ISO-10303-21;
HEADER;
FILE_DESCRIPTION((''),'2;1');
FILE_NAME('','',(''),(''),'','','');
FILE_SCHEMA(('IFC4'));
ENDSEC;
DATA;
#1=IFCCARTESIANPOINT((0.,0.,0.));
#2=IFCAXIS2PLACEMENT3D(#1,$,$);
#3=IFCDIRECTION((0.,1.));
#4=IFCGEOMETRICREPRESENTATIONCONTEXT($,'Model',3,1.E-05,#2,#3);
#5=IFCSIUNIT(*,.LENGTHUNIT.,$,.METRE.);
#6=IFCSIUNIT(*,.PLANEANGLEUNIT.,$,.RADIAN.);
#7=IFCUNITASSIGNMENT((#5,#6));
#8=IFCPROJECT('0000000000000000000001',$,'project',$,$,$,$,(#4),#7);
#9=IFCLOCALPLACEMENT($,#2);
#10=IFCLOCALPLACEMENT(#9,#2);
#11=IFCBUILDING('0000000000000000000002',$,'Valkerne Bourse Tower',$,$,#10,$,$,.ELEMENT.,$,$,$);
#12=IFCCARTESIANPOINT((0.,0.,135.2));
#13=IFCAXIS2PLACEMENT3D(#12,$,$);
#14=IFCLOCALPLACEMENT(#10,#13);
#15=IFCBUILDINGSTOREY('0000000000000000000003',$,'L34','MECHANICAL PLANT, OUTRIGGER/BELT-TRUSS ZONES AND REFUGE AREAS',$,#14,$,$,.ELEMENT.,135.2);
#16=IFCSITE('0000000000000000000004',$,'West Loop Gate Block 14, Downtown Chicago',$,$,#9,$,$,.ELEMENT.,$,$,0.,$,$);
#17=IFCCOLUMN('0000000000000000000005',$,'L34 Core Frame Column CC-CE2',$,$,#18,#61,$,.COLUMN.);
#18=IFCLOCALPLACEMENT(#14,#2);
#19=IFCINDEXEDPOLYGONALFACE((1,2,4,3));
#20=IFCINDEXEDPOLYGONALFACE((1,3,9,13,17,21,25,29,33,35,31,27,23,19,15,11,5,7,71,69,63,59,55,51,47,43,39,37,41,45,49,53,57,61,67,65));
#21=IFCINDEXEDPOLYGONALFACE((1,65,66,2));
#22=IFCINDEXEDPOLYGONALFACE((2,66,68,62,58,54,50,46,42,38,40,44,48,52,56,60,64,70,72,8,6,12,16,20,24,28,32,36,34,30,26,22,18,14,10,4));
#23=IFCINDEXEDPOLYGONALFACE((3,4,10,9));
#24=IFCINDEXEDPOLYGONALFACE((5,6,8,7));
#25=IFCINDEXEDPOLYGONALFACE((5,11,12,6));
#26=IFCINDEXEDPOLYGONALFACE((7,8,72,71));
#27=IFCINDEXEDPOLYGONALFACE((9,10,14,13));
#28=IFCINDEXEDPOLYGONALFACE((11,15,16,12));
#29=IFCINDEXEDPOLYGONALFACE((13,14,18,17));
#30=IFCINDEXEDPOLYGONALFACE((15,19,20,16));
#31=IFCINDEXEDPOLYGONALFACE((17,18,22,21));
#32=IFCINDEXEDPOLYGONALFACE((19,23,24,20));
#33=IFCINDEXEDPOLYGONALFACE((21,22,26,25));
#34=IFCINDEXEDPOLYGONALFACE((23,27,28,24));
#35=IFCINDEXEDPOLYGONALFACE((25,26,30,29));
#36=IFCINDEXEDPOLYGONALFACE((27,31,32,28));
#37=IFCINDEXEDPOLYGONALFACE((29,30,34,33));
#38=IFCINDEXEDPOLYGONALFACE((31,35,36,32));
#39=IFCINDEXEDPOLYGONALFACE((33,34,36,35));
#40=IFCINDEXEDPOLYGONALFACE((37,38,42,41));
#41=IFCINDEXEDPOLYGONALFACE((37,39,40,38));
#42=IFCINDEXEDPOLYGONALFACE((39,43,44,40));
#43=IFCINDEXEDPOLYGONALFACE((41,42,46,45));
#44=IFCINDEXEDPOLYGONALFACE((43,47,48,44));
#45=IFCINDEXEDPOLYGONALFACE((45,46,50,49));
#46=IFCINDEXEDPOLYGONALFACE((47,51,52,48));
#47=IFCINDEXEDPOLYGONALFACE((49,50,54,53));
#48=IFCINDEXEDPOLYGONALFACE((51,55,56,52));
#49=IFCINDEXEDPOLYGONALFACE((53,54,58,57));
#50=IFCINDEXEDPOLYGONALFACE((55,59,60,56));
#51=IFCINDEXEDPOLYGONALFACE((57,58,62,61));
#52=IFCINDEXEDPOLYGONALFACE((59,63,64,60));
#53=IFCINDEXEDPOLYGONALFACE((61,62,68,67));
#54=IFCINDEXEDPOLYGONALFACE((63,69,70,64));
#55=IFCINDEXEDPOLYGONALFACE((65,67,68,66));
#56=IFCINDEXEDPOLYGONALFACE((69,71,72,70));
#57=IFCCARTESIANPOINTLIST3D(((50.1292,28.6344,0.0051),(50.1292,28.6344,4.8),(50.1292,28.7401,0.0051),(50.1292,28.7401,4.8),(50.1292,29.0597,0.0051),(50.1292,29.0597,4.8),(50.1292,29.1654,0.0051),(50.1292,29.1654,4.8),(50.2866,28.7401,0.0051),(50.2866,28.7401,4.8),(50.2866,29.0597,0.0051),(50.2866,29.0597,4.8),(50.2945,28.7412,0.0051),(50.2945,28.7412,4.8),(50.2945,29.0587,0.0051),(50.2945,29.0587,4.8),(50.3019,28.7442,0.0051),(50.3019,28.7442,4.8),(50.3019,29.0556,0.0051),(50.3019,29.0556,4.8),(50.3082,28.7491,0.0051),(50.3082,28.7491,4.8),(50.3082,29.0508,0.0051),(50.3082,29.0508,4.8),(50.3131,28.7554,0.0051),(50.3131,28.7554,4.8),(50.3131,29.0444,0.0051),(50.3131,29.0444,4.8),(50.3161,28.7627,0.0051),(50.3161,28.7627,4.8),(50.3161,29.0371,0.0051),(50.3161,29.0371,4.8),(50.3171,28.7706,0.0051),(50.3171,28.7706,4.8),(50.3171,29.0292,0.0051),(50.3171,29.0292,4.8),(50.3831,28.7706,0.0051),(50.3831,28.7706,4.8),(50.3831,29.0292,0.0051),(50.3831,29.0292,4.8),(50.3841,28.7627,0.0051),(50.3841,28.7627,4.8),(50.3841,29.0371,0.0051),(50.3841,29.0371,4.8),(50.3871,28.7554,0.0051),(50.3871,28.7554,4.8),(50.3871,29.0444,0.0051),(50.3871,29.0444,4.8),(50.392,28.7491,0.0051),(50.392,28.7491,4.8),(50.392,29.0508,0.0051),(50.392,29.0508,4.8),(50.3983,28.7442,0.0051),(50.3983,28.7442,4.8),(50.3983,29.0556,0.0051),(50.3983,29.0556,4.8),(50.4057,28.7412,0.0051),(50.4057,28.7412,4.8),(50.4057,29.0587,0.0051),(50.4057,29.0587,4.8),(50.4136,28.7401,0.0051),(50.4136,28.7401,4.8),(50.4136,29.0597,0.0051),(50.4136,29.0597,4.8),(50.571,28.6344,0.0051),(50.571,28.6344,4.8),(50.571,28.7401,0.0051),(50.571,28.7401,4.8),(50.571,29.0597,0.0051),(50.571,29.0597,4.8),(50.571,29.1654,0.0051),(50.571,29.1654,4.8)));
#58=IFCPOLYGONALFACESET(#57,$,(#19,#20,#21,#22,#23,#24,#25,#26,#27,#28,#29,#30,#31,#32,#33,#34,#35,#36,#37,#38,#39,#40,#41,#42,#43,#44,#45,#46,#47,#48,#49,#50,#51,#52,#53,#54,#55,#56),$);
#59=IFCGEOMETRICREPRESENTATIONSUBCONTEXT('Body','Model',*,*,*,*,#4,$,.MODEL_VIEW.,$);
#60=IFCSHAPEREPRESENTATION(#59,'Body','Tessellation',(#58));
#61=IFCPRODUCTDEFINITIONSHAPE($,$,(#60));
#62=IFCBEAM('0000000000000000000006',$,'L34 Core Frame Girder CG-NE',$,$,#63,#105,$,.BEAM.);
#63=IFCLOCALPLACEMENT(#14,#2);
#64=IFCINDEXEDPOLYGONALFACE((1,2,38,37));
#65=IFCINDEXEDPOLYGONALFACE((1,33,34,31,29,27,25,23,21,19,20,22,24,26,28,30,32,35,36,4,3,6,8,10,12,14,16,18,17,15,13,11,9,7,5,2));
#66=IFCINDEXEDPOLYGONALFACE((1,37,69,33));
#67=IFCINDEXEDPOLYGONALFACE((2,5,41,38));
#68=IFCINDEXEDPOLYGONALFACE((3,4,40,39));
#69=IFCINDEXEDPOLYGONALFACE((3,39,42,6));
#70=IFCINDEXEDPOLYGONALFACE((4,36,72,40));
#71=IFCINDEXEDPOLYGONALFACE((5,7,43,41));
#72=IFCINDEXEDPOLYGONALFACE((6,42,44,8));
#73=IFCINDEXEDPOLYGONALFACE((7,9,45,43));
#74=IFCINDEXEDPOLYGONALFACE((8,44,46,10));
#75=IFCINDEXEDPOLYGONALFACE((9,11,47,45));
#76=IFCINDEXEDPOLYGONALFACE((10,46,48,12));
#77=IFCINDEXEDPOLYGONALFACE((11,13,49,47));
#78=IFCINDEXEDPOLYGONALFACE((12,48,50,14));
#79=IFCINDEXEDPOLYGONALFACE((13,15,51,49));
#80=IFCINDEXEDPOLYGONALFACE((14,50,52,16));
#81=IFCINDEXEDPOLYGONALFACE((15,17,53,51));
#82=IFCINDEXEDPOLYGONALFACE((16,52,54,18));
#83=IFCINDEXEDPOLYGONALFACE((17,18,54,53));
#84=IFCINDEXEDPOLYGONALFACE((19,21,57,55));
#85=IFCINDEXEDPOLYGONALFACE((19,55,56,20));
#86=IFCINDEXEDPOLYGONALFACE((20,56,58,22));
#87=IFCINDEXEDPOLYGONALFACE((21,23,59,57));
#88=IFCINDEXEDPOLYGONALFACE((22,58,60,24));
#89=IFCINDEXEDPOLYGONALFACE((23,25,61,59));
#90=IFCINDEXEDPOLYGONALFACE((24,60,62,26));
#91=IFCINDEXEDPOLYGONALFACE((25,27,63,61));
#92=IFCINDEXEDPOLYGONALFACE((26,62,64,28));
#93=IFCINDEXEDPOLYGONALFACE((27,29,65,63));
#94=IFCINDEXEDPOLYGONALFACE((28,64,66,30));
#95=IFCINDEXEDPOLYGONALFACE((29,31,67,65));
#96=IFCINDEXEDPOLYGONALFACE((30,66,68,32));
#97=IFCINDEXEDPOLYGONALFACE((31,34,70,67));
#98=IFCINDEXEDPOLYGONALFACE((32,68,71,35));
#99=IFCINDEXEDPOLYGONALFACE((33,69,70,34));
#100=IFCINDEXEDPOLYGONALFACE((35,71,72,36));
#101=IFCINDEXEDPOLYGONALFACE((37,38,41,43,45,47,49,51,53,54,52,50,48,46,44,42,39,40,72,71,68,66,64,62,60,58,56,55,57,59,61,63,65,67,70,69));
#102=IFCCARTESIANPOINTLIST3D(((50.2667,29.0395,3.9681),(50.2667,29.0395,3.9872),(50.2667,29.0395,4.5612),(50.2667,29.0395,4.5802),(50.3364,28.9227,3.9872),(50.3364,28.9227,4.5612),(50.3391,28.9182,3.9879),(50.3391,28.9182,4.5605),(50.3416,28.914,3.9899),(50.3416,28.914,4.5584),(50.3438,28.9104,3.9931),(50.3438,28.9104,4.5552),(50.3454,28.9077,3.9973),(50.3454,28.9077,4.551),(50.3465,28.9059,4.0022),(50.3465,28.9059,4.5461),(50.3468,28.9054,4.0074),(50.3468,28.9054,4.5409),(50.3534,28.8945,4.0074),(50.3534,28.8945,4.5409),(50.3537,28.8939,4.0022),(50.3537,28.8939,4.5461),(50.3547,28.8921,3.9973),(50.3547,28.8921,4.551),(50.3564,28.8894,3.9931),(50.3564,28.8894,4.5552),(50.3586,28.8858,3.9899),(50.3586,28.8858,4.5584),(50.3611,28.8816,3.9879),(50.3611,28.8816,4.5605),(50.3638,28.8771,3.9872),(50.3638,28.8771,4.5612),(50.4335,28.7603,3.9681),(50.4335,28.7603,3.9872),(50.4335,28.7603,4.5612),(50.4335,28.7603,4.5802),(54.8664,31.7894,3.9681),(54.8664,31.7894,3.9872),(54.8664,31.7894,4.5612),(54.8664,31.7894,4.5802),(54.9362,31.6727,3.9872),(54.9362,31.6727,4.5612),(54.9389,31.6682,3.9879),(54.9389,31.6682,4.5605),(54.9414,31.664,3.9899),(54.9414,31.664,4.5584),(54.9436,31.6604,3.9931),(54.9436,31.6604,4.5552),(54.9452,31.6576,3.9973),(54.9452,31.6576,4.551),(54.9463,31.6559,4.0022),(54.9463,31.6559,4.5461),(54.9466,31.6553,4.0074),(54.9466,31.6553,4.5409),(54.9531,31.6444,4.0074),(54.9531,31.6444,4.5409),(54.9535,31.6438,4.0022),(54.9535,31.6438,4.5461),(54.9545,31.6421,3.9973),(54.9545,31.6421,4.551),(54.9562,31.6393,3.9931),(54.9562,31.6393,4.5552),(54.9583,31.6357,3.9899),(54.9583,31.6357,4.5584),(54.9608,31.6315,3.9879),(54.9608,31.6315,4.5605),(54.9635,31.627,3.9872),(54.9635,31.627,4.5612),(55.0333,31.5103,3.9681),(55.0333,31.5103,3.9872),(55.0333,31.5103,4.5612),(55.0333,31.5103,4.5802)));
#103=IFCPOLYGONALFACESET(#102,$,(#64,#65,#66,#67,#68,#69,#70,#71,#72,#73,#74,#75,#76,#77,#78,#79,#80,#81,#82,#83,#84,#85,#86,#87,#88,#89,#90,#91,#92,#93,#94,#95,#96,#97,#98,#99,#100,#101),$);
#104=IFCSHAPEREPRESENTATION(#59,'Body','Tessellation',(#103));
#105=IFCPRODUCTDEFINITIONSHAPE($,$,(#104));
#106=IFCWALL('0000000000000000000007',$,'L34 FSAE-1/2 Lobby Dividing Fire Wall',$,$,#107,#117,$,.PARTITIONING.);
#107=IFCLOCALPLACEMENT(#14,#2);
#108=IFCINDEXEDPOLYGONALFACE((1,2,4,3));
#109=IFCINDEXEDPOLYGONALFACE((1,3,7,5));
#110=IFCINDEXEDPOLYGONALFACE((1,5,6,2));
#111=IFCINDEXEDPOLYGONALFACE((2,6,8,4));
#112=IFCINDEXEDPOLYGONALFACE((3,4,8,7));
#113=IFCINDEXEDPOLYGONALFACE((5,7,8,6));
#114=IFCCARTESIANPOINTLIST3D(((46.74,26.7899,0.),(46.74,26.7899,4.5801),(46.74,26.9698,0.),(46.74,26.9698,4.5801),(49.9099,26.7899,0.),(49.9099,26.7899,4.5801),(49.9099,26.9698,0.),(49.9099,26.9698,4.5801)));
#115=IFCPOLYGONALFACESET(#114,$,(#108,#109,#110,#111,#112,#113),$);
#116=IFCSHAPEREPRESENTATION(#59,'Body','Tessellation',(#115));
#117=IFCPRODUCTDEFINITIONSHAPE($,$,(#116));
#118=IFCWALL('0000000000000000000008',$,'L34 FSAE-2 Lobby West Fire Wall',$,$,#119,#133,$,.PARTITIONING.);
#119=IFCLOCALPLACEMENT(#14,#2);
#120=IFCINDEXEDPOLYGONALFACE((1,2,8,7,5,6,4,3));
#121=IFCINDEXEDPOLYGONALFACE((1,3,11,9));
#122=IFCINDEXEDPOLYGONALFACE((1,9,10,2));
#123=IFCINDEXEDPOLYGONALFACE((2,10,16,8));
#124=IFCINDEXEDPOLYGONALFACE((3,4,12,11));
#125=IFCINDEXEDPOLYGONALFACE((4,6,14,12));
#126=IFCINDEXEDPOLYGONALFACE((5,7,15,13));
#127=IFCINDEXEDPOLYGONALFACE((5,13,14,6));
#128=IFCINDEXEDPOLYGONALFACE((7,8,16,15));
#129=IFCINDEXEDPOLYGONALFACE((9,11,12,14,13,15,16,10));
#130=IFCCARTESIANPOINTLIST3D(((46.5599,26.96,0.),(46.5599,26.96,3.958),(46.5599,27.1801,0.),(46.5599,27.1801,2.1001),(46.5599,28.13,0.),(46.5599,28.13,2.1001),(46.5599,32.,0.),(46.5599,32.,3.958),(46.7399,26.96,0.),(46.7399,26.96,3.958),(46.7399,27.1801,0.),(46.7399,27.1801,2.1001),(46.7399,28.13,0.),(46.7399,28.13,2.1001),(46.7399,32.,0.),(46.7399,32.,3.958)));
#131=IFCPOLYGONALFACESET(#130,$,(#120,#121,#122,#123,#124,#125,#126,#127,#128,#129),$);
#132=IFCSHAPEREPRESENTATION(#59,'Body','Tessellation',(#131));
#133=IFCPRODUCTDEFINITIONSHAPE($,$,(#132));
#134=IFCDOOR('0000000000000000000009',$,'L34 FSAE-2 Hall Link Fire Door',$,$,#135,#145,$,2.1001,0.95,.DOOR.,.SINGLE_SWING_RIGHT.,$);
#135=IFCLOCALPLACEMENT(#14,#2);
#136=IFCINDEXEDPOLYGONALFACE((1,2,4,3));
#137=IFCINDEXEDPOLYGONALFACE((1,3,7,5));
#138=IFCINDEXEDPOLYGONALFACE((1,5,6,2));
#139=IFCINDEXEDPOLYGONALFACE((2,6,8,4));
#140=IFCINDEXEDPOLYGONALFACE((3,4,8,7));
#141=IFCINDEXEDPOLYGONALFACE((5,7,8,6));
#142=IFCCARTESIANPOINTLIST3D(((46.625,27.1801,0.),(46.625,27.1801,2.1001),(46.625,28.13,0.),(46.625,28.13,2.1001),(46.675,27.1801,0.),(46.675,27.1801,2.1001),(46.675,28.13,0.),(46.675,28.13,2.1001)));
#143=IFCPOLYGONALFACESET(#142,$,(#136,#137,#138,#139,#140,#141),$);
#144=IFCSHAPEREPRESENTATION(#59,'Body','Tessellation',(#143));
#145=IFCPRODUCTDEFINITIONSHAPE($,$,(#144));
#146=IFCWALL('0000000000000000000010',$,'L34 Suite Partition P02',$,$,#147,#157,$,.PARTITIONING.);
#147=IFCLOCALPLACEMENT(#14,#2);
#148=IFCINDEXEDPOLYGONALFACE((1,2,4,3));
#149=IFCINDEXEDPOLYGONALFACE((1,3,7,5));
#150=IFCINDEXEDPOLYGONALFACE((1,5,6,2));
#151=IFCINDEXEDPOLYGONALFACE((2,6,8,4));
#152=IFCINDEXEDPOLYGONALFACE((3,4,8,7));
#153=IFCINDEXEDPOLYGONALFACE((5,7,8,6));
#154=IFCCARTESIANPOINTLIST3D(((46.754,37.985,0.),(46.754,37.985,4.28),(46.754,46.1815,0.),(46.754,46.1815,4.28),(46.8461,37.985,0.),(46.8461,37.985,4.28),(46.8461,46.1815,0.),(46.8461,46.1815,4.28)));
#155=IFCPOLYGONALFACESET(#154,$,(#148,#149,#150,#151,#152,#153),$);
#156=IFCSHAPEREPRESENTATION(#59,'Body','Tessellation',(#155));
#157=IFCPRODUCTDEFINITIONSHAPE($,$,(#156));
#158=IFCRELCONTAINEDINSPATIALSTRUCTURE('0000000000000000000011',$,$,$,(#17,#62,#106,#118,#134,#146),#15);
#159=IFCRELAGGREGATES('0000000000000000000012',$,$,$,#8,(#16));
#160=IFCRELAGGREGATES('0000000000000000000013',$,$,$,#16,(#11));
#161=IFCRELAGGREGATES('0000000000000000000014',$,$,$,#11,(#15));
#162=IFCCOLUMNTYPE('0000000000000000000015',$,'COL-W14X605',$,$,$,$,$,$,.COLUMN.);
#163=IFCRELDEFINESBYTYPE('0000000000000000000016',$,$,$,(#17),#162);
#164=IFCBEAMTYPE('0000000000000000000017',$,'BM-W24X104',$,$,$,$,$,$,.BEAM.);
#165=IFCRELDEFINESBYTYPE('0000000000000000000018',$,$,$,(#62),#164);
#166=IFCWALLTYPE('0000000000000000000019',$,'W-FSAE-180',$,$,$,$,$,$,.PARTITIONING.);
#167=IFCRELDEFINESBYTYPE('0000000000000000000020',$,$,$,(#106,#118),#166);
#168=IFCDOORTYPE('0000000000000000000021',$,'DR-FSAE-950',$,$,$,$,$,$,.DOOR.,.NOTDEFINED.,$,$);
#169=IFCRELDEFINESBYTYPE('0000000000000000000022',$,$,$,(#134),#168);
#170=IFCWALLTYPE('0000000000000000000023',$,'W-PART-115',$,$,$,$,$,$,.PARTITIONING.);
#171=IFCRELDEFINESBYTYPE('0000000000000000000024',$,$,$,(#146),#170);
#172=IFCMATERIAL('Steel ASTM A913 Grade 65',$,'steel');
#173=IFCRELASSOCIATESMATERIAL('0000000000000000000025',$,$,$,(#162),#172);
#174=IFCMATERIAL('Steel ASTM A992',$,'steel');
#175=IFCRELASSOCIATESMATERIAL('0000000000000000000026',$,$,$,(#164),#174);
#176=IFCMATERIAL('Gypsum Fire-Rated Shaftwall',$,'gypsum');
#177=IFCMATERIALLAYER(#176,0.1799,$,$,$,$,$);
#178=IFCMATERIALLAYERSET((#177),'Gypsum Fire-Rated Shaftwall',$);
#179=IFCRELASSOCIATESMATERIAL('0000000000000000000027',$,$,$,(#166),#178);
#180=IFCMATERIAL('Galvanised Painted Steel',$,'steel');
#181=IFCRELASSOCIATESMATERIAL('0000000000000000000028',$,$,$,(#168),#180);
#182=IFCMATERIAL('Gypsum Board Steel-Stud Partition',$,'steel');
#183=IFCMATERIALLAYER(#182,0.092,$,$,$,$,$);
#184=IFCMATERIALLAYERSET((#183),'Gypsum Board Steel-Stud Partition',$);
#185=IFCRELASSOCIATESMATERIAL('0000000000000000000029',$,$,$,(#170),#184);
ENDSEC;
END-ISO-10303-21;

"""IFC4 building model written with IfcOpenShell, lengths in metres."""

from ifc_helpers import new_model, si_unit, direction, frame, frame_2d, origin, origin_2d, place, context, subcontext, project, spatial, rectangle, i_section, extrude, material, layer, layer_set, material_profile, profile_set, type_object, element, fill, save


model = new_model("IFC4")

# Units and contexts
model_context = context("Model", 3, precision=1e-05, world=origin(), true_north=direction((0.0, 1.0)))
body_context = subcontext(model_context, "Body", "Model", "MODEL_VIEW")
ifc_project = project(units=[si_unit("LENGTHUNIT", "METRE"), si_unit("PLANEANGLEUNIT", "RADIAN")], contexts=[model_context])

# Site, building, storey
site_placement = place(None, origin())
site = spatial("IfcSite", under=ifc_project, at=site_placement, Name="West Loop Gate Block 14, Downtown Chicago", CompositionType="ELEMENT", RefElevation=0.0)
building_placement = place(site_placement, origin())
building = spatial("IfcBuilding", under=site, at=building_placement, Name="Valkerne Bourse Tower", CompositionType="ELEMENT")
storey_placement = place(building_placement, frame((0.0, 0.0, 135.2)))
storey = spatial("IfcBuildingStorey", under=building, at=storey_placement, Name="L34", Description="MECHANICAL PLANT, OUTRIGGER/BELT-TRUSS ZONES AND REFUGE AREAS", CompositionType="ELEMENT", Elevation=135.2)

# Column
ifc_material_1 = material(Name="Steel ASTM A913 Grade 65", Category="steel")
ifc_material_profile_1 = material_profile(ifc_material_1, i_section(OverallWidth=0.4419, OverallDepth=0.531, WebThickness=0.0659, FlangeThickness=0.1057, FilletRadius=0.0305, at=origin_2d()), Name="W14X605")
ifc_profile_set_1 = profile_set([ifc_material_profile_1], Name="Steel ASTM A913 Grade 65")
column_type = type_object("IfcColumnType", Name="COL-W14X605", PredefinedType="COLUMN", material=ifc_profile_set_1)
column_placement = place(storey_placement, frame((50.3501, 28.8999, 0.0051), z_axis=(0.0, 0.0, 1.0), x_axis=(1.0, 0.0, 0.0)))
element("IfcColumn", 1, at=column_placement, inside=storey, type_object=column_type, Name="L34 Core Frame Column CC-CE2", PredefinedType="COLUMN", context=body_context, shape_type="SweptSolid", body=[
    extrude(i_section(OverallWidth=0.4419, OverallDepth=0.531, WebThickness=0.0659, FlangeThickness=0.1057, FilletRadius=0.0305, at=origin_2d()), origin(), (0.0, 0.0, 1.0), 4.7949),
])

# Beam
ifc_material_2 = material(Name="Steel ASTM A992", Category="steel")
ifc_material_profile_2 = material_profile(ifc_material_2, i_section(OverallWidth=0.3252, OverallDepth=0.6121, WebThickness=0.0127, FlangeThickness=0.019, FilletRadius=0.0203, at=origin_2d()), Name="W24X104")
ifc_profile_set_2 = profile_set([ifc_material_profile_2], Name="Steel ASTM A992")
beam_type = type_object("IfcBeamType", Name="BM-W24X104", PredefinedType="BEAM", material=ifc_profile_set_2)
beam_placement = place(storey_placement, frame((50.3501, 28.8999, 4.2742), z_axis=(0.858308, 0.513135, 0.0), x_axis=(-0.513135, 0.858308, 0.0)))
element("IfcBeam", 2, at=beam_placement, inside=storey, type_object=beam_type, Name="L34 Core Frame Girder CG-NE", PredefinedType="BEAM", context=body_context, shape_type="SweptSolid", body=[
    extrude(i_section(OverallWidth=0.3252, OverallDepth=0.6121, WebThickness=0.0127, FlangeThickness=0.019, FilletRadius=0.0203, at=origin_2d()), origin(), (0.0, 0.0, 1.0), 5.3591),
])

# Wall
ifc_material_3 = material(Name="Gypsum Fire-Rated Shaftwall", Category="gypsum")
ifc_layer_1 = layer(ifc_material_3, 0.1799)
ifc_layer_set_1 = layer_set([ifc_layer_1], Name="Gypsum Fire-Rated Shaftwall")
wall_type_1 = type_object("IfcWallType", Name="W-FSAE-180", PredefinedType="PARTITIONING", material=ifc_layer_set_1)
wall_1_placement = place(storey_placement, frame((46.74, 26.8799, 0.0), z_axis=(0.0, 0.0, 1.0), x_axis=(1.0, 0.0, 0.0)))
element("IfcWall", 3, at=wall_1_placement, inside=storey, type_object=wall_type_1, Name="L34 FSAE-1/2 Lobby Dividing Fire Wall", PredefinedType="PARTITIONING", context=body_context, shape_type="SweptSolid", body=[
    extrude(rectangle(XDim=3.1699, YDim=0.1799, at=frame_2d((1.585, 0.0))), origin(), (0.0, 0.0, 1.0), 4.5801),
])

# Wall, opening, door
wall_2_placement = place(storey_placement, frame((46.6499, 26.96, 0.0), z_axis=(0.0, 0.0, 1.0), x_axis=(0.0, 1.0, 0.0)))
wall_2 = element("IfcWall", 4, at=wall_2_placement, inside=storey, type_object=wall_type_1, Name="L34 FSAE-2 Lobby West Fire Wall", PredefinedType="PARTITIONING", context=body_context, shape_type="SweptSolid", body=[
    extrude(rectangle(XDim=5.04, YDim=0.1799, at=frame_2d((2.52, 0.0))), origin(), (0.0, 0.0, 1.0), 3.958),
])
opening_1_placement = place(wall_2_placement, frame((0.22, 0.0, 0.0)))
opening_1 = element("IfcOpeningElement", 5, at=opening_1_placement, cuts=wall_2, PredefinedType="OPENING", context=body_context, shape_type="SweptSolid", body=[
    extrude(rectangle(XDim=0.95, YDim=2.1001, at=frame_2d((0.4751, 1.05))), frame((0.0, 0.0999, 0.0), z_axis=(0.0, -1.0, 0.0), x_axis=(1.0, 0.0, 0.0)), (0.0, 0.0, 1.0), 0.2),
])
ifc_material_4 = material(Name="Galvanised Painted Steel", Category="steel")
door_type_1 = type_object("IfcDoorType", Name="DR-FSAE-950", OperationType="NOTDEFINED", PredefinedType="DOOR", material=ifc_material_4)
door_1_placement = place(opening_1_placement, origin())
door_1 = element("IfcDoor", 6, at=door_1_placement, inside=storey, type_object=door_type_1, Name="L34 FSAE-2 Hall Link Fire Door", OperationType="SINGLE_SWING_RIGHT", OverallHeight=2.1001, OverallWidth=0.95, PredefinedType="DOOR", context=body_context, shape_type="SweptSolid", body=[
    extrude(rectangle(XDim=0.95, YDim=2.1001, at=frame_2d((0.4751, 1.05))), frame((0.0, 0.0249, 0.0), z_axis=(0.0, -1.0, 0.0), x_axis=(1.0, 0.0, 0.0)), (0.0, 0.0, 1.0), 0.05),
])
fill(opening_1, door_1)

# Wall
ifc_material_5 = material(Name="Gypsum Board Steel-Stud Partition", Category="steel")
ifc_layer_2 = layer(ifc_material_5, 0.092)
ifc_layer_set_2 = layer_set([ifc_layer_2], Name="Gypsum Board Steel-Stud Partition")
wall_type_2 = type_object("IfcWallType", Name="W-PART-115", PredefinedType="PARTITIONING", material=ifc_layer_set_2)
wall_3_placement = place(storey_placement, frame((46.8, 37.9851, 0.0), z_axis=(0.0, 0.0, 1.0), x_axis=(0.0, 1.0, 0.0)))
element("IfcWall", 7, at=wall_3_placement, inside=storey, type_object=wall_type_2, Name="L34 Suite Partition P02", PredefinedType="PARTITIONING", context=body_context, shape_type="SweptSolid", body=[
    extrude(rectangle(XDim=8.1965, YDim=0.092, at=frame_2d((4.0981, 0.0))), origin(), (0.0, 0.0, 1.0), 4.28),
])

save(model, "model.ifc")
